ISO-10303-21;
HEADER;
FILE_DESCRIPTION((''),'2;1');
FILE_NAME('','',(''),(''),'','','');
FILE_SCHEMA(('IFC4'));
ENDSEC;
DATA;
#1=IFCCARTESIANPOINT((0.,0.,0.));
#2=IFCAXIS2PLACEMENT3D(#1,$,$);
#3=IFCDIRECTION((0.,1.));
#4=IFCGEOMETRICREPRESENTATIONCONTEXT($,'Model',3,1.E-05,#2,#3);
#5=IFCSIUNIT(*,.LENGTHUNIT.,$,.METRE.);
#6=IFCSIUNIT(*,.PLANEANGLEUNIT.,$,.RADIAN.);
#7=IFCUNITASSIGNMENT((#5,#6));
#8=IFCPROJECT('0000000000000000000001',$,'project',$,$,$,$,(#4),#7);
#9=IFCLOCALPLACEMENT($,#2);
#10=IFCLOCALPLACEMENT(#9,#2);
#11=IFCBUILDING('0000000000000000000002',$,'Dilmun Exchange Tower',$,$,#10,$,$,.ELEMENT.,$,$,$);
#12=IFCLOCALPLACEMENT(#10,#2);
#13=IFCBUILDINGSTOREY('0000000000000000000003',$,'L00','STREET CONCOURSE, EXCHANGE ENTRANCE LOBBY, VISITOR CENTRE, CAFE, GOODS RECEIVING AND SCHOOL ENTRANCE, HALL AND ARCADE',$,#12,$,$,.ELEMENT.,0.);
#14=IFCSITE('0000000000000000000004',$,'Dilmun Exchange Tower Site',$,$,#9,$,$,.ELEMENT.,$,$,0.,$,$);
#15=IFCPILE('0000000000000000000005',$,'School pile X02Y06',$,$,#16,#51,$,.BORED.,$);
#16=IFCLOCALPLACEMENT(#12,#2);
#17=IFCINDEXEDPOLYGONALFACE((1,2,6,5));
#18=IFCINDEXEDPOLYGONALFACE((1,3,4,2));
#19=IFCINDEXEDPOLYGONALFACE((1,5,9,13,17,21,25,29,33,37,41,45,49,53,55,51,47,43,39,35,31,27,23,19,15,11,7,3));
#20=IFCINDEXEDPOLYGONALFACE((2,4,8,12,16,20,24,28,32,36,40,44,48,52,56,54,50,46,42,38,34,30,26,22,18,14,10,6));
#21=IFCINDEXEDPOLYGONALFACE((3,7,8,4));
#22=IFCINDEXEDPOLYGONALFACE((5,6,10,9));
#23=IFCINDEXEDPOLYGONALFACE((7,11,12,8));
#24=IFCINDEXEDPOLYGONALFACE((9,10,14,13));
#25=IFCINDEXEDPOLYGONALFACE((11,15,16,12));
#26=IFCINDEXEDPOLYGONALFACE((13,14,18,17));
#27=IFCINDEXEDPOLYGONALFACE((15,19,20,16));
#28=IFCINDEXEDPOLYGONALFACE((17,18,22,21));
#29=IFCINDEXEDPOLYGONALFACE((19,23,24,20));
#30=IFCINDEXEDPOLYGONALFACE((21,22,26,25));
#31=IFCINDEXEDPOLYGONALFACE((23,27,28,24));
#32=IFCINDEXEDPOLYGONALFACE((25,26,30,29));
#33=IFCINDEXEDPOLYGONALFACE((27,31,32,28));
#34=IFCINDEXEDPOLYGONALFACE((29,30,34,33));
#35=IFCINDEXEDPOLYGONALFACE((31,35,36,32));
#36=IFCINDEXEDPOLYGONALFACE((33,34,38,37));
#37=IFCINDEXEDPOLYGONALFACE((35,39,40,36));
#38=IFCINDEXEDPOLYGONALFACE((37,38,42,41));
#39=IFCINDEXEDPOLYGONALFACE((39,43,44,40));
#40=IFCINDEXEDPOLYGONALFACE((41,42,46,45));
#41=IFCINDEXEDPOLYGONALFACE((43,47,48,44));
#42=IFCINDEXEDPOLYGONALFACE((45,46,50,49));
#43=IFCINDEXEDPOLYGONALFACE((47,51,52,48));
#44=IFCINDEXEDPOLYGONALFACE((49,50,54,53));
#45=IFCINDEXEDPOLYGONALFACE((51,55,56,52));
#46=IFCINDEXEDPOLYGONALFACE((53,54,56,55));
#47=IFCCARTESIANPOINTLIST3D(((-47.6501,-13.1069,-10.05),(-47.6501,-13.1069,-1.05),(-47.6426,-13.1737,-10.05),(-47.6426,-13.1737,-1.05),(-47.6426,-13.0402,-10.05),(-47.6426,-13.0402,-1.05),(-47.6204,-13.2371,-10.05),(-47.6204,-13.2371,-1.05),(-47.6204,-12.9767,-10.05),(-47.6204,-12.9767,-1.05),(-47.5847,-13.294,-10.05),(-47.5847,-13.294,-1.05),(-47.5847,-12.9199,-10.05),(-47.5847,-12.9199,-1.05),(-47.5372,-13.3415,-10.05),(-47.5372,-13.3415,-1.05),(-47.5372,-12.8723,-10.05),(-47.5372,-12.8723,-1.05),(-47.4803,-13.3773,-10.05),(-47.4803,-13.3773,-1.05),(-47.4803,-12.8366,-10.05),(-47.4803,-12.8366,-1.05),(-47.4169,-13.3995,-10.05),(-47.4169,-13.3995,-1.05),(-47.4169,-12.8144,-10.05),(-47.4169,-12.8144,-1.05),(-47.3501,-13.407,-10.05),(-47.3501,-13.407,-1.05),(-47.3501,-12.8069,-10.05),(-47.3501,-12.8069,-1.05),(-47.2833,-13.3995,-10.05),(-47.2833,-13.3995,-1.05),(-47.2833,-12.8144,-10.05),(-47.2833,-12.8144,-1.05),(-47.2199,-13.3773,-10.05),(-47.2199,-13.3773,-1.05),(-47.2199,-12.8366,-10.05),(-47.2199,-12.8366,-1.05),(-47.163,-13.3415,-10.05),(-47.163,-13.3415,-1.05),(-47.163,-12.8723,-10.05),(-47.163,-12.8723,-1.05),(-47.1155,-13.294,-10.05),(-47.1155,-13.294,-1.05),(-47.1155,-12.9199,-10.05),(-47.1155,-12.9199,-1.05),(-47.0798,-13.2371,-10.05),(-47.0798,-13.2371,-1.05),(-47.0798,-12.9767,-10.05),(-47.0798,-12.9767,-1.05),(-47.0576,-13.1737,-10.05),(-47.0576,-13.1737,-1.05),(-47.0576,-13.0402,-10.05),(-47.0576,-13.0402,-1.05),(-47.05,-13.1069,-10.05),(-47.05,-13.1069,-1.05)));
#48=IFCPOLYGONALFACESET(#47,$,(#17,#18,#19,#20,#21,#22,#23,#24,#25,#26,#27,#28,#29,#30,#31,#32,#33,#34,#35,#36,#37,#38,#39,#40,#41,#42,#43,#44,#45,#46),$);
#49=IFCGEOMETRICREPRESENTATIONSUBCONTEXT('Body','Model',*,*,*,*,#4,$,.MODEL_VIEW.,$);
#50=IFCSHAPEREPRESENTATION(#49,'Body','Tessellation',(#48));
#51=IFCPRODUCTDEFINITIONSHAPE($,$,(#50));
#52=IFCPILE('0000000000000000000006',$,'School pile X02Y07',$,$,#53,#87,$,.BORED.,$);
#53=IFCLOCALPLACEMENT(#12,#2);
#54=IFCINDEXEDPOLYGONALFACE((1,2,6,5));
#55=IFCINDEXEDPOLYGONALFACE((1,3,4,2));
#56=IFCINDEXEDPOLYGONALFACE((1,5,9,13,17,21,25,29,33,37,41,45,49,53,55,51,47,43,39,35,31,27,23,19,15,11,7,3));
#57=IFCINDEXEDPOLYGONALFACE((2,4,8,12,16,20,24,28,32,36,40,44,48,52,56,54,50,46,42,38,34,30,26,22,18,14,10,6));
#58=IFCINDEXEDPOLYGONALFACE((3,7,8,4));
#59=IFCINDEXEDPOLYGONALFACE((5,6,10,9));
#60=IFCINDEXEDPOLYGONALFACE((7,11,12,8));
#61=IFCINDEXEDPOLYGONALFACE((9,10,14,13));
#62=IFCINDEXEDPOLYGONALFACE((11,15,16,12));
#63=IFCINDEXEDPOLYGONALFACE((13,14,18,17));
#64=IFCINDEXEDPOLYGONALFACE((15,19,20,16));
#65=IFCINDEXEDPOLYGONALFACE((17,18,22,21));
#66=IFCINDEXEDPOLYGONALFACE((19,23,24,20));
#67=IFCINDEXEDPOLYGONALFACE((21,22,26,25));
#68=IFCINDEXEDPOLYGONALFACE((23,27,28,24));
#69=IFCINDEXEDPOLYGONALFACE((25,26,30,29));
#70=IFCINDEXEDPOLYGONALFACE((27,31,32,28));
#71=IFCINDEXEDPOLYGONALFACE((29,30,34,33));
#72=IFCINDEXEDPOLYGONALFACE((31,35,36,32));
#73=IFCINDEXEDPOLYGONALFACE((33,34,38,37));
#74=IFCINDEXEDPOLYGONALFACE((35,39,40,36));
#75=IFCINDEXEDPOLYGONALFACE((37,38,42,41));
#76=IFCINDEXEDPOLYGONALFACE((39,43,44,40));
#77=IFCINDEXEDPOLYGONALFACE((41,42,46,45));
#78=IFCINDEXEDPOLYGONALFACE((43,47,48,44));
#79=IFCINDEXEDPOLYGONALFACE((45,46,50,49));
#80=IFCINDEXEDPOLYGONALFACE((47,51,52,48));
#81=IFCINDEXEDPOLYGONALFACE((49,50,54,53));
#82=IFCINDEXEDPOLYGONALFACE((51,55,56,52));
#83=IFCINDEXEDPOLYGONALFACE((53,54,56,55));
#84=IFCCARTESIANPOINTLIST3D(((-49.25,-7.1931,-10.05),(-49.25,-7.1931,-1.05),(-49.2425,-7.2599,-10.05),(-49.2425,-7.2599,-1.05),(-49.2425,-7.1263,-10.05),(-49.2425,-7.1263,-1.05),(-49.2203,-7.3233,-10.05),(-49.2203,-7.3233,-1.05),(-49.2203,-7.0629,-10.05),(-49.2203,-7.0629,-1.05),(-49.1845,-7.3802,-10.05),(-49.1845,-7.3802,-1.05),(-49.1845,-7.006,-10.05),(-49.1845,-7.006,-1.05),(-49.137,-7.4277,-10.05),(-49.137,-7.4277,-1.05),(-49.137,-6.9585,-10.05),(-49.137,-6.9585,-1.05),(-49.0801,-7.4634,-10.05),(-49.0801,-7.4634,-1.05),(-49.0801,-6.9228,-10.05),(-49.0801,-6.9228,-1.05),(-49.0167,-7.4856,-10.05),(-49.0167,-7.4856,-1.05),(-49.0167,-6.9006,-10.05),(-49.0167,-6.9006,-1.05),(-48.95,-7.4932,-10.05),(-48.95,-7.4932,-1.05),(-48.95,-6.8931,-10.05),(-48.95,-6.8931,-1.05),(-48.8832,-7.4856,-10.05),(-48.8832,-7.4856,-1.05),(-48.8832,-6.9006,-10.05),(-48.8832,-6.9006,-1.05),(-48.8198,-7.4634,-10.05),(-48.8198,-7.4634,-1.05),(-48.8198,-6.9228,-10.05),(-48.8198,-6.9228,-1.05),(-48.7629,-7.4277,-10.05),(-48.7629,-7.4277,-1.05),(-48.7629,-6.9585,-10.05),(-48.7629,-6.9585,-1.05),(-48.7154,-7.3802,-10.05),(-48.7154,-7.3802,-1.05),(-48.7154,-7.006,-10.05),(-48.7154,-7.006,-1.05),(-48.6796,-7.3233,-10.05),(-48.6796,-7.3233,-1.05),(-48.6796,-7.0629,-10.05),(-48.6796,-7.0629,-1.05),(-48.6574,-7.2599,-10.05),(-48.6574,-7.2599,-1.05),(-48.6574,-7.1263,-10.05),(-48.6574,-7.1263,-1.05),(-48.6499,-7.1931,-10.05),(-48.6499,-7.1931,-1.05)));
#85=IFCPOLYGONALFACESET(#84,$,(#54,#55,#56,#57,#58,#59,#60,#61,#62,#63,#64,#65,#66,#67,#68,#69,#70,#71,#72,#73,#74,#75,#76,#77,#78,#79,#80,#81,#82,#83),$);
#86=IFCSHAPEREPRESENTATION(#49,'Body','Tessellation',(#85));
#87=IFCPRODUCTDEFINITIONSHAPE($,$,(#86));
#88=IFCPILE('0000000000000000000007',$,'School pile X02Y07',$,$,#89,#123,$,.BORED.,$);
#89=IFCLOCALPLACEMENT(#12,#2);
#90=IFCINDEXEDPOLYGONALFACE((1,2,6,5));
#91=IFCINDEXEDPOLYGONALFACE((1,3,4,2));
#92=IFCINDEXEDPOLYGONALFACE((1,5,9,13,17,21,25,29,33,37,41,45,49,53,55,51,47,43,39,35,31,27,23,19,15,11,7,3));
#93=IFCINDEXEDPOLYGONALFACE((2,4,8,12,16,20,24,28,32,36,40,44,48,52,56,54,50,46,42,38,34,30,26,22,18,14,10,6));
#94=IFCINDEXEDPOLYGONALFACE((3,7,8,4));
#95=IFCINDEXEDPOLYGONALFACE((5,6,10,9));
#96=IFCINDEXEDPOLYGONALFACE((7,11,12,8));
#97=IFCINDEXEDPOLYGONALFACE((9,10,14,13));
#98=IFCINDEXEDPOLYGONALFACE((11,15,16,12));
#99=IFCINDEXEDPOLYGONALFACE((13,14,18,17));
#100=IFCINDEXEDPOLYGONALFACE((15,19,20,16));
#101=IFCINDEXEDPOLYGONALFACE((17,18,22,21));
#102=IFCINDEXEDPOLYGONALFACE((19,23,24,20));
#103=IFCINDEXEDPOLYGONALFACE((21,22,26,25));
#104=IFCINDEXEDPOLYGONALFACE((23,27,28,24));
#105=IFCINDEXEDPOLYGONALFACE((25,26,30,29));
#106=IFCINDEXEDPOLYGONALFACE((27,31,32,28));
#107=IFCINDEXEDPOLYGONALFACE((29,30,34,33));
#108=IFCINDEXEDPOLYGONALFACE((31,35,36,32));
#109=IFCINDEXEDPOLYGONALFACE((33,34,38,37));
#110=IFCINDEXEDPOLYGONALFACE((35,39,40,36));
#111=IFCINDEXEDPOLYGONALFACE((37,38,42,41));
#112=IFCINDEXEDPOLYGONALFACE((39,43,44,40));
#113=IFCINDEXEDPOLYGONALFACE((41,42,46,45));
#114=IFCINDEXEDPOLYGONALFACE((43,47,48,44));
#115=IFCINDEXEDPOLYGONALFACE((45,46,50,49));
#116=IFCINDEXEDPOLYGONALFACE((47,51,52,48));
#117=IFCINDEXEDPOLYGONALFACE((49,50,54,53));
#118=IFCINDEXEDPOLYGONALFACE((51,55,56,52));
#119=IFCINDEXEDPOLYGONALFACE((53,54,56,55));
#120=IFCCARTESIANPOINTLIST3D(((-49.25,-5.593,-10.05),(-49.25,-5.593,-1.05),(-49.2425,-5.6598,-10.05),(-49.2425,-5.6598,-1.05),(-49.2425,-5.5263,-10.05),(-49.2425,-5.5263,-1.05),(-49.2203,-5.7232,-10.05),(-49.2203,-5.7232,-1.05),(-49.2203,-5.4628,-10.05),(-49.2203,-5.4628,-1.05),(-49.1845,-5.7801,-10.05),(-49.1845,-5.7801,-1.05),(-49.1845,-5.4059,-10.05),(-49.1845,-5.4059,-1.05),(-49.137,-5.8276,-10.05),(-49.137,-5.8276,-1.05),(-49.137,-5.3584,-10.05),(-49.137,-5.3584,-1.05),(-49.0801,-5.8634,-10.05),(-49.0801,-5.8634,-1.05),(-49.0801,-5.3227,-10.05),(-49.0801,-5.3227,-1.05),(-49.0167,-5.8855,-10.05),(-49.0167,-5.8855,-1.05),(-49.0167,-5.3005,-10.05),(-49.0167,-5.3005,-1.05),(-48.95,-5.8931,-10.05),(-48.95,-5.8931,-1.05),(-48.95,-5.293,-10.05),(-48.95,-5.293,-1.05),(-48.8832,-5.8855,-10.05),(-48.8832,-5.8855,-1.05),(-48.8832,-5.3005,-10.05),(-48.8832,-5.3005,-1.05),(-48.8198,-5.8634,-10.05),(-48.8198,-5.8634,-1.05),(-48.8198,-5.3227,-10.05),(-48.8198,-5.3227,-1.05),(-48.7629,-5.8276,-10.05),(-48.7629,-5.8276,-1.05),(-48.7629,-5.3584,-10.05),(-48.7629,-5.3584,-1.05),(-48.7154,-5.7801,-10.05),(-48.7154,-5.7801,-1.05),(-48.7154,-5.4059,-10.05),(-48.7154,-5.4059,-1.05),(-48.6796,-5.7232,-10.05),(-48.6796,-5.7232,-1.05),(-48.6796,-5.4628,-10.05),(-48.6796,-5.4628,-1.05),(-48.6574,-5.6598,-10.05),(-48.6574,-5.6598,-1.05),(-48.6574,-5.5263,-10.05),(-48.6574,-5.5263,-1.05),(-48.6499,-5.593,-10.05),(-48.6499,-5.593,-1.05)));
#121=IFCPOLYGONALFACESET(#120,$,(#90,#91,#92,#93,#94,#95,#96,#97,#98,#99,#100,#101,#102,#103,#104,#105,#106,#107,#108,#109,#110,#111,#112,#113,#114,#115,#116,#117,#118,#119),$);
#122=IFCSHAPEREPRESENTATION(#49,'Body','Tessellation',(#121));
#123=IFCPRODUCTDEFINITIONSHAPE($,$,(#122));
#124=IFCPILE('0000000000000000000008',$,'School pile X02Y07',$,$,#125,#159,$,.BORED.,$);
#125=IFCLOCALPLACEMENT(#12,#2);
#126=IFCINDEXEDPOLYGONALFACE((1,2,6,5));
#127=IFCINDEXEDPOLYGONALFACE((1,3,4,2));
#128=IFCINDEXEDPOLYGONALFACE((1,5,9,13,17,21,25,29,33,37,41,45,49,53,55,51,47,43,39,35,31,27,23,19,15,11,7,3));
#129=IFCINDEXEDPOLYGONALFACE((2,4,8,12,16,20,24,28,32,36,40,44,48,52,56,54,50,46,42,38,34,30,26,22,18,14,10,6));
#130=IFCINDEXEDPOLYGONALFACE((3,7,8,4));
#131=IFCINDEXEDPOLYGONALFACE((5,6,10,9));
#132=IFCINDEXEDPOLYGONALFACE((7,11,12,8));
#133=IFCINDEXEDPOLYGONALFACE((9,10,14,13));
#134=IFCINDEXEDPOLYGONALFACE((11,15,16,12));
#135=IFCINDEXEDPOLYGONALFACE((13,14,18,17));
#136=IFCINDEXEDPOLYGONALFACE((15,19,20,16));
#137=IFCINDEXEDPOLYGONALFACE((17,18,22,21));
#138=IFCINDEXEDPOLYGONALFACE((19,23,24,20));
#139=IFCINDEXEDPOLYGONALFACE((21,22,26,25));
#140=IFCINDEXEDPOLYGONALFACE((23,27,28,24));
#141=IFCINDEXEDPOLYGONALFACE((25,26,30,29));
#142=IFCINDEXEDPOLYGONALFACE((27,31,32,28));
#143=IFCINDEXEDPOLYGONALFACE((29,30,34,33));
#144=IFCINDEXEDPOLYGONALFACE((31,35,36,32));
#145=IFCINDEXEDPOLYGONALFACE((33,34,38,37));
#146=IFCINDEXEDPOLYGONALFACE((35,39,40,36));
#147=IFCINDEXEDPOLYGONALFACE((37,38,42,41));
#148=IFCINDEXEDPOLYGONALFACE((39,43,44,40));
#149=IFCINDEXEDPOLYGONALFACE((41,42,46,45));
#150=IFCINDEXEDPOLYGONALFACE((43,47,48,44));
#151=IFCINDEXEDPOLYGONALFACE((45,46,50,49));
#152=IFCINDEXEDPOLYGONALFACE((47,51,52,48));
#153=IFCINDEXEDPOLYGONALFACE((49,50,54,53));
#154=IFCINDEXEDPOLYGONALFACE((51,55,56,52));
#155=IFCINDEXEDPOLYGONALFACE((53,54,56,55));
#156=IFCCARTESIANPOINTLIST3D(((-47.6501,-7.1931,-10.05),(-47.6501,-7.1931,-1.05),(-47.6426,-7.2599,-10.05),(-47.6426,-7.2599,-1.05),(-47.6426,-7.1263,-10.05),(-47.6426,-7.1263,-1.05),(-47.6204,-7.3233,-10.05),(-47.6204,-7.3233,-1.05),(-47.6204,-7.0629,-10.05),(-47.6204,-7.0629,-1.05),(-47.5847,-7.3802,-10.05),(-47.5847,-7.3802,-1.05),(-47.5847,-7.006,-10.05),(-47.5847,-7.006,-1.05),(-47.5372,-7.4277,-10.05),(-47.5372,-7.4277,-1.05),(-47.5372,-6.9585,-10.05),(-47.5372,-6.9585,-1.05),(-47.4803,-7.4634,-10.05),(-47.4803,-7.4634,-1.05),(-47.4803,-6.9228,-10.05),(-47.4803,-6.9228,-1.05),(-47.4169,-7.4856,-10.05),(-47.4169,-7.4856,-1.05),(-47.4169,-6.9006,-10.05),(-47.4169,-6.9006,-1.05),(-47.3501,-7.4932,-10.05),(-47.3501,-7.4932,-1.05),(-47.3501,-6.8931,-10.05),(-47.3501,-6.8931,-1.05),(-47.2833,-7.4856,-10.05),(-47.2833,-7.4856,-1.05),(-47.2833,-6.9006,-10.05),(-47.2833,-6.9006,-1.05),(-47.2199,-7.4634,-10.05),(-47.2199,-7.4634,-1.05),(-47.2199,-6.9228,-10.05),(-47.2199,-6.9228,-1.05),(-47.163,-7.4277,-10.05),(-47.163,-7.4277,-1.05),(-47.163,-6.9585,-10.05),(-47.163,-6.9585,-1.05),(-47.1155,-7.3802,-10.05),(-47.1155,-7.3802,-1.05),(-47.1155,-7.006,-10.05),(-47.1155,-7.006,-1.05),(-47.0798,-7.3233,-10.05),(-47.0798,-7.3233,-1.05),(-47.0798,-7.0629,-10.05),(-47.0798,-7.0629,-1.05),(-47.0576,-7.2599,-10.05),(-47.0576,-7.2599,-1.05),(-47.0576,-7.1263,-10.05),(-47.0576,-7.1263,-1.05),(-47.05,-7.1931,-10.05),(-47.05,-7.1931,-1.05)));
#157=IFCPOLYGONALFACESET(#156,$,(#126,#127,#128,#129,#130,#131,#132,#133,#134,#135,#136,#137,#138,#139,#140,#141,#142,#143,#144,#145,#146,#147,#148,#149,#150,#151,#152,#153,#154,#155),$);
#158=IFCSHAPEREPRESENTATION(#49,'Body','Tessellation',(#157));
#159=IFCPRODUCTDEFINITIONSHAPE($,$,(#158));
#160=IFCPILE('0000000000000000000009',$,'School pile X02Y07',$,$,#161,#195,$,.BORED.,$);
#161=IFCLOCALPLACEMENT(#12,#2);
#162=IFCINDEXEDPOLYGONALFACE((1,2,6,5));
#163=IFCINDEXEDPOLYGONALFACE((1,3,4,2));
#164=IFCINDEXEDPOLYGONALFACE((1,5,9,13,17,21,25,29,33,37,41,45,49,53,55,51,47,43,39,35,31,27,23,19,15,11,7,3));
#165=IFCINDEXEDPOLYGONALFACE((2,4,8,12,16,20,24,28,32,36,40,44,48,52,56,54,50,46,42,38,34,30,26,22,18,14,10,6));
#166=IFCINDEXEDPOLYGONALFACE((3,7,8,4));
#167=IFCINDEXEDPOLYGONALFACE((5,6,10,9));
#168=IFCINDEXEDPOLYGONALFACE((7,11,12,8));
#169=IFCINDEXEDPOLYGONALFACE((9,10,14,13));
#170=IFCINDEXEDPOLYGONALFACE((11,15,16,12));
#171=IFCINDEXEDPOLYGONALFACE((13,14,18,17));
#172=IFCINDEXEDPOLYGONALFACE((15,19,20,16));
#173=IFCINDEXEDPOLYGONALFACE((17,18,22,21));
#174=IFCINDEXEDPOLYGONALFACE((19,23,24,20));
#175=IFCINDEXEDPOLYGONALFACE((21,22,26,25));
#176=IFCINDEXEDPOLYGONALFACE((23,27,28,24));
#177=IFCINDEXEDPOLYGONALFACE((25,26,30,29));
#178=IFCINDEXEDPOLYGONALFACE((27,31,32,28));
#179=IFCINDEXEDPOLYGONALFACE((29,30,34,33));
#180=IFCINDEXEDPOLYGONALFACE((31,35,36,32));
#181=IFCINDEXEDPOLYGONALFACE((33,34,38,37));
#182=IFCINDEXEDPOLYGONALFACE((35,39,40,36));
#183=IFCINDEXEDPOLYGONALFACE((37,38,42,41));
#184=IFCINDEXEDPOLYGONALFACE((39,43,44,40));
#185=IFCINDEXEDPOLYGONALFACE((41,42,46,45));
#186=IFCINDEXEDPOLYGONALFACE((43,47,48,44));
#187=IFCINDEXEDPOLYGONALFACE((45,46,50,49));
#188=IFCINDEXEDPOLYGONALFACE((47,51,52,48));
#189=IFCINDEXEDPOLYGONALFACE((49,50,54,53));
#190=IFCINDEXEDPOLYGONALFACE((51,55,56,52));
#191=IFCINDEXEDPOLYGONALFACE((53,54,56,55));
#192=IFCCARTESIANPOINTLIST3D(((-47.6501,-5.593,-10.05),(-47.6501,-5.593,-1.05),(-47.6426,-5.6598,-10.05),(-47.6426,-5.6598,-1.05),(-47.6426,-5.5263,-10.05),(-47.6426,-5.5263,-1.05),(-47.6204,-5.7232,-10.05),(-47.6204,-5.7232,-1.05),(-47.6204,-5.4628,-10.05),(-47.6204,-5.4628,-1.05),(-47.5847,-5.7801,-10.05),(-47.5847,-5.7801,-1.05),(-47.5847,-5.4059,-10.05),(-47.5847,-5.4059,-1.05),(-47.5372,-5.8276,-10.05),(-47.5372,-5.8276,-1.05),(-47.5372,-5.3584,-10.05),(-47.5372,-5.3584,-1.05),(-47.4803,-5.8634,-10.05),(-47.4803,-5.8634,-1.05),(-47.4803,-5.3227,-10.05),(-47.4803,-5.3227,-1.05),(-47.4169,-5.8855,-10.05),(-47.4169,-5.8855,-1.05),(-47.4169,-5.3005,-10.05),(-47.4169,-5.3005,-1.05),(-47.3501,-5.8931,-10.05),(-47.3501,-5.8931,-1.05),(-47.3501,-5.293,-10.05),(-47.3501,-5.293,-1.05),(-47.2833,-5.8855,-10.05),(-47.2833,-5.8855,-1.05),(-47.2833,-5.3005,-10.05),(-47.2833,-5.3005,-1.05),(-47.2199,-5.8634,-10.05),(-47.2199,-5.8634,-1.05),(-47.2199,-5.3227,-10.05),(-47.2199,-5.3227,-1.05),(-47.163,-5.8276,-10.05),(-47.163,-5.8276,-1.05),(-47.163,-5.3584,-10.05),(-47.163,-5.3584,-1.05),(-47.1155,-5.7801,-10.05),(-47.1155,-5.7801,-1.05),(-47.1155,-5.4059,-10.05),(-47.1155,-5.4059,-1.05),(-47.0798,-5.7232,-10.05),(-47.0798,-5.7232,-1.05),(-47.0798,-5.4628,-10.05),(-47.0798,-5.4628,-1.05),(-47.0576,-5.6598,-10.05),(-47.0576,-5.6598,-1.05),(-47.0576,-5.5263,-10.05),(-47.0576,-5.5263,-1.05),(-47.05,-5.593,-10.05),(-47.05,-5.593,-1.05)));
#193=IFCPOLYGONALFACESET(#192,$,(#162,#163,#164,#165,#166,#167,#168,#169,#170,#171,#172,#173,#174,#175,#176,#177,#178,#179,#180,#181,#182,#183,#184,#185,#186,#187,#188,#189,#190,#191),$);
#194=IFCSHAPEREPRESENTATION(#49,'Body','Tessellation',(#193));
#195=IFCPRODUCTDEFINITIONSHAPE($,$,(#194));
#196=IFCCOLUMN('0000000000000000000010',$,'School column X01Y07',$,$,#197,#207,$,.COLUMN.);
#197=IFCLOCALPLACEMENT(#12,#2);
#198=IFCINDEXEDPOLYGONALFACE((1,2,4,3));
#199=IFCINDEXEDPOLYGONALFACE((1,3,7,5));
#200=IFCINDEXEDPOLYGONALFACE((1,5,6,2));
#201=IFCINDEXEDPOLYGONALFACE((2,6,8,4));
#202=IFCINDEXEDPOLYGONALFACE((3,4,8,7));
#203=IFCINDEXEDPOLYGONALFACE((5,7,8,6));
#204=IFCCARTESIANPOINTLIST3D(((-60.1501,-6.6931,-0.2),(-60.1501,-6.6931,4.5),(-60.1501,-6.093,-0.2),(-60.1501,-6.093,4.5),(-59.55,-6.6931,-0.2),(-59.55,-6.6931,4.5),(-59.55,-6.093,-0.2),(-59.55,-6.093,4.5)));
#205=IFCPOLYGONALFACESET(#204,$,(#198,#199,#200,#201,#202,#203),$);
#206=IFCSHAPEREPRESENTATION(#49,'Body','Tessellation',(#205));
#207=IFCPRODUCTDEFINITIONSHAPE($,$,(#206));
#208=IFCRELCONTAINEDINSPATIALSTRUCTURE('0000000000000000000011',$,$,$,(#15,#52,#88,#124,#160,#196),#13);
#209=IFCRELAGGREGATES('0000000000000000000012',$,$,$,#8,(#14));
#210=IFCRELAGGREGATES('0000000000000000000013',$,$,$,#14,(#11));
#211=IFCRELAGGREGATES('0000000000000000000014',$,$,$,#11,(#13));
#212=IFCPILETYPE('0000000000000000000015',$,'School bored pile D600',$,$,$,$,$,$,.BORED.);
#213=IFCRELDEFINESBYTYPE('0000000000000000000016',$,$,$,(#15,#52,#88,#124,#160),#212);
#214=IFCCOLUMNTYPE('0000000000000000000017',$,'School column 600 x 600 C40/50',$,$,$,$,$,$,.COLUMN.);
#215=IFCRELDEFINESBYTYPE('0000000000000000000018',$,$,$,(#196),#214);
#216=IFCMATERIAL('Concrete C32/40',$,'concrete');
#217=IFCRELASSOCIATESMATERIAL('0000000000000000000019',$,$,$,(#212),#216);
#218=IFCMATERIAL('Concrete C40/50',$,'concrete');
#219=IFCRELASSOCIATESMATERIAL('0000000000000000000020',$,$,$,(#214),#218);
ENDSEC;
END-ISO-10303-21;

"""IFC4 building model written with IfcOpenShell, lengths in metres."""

from ifc_helpers import new_model, si_unit, direction, frame, origin, origin_2d, place, context, subcontext, project, spatial, rectangle, circle, extrude, material, material_profile, profile_set, type_object, element, save


model = new_model("IFC4")

# Units and contexts
model_context = context("Model", 3, precision=1e-05, world=origin(), true_north=direction((0.0, 1.0)))
body_context = subcontext(model_context, "Body", "Model", "MODEL_VIEW")
ifc_project = project(units=[si_unit("LENGTHUNIT", "METRE"), si_unit("PLANEANGLEUNIT", "RADIAN")], contexts=[model_context])

# Site, building, storey
site_placement = place(None, origin())
site = spatial("IfcSite", under=ifc_project, at=site_placement, Name="Dilmun Exchange Tower Site", CompositionType="ELEMENT", RefElevation=0.0)
building_placement = place(site_placement, origin())
building = spatial("IfcBuilding", under=site, at=building_placement, Name="Dilmun Exchange Tower", CompositionType="ELEMENT")
storey_placement = place(building_placement, origin())
storey = spatial("IfcBuildingStorey", under=building, at=storey_placement, Name="L00", Description="STREET CONCOURSE, EXCHANGE ENTRANCE LOBBY, VISITOR CENTRE, CAFE, GOODS RECEIVING AND SCHOOL ENTRANCE, HALL AND ARCADE", CompositionType="ELEMENT", Elevation=0.0)

# Piles
ifc_material_1 = material(Name="Concrete C32/40", Category="concrete")
ifc_material_profile_1 = material_profile(ifc_material_1, circle(Radius=0.3, at=origin_2d()), Name="D600")
ifc_profile_set_1 = profile_set([ifc_material_profile_1], Name="Concrete C32/40")
pile_type = type_object("IfcPileType", Name="School bored pile D600", PredefinedType="BORED", material=ifc_profile_set_1)
for number, where, z_axis, x_axis, name in (
    (1, (-47.3501, -13.1069, -1.05), (0.0, 0.0, -1.0), (1.0, 0.0, 0.0), "School pile X02Y06"),
    (2, (-48.95, -7.1931, -1.05), (0.0, 0.0, -1.0), (1.0, 0.0, 0.0), "School pile X02Y07"),
    (3, (-48.95, -5.593, -1.05), (0.0, 0.0, -1.0), (1.0, 0.0, 0.0), "School pile X02Y07"),
    (4, (-47.3501, -7.1931, -1.05), (0.0, 0.0, -1.0), (1.0, 0.0, 0.0), "School pile X02Y07"),
    (5, (-47.3501, -5.593, -1.05), (0.0, 0.0, -1.0), (1.0, 0.0, 0.0), "School pile X02Y07"),
):
    element("IfcPile", number, at=place(storey_placement, frame(where, z_axis=z_axis, x_axis=x_axis)), inside=storey, type_object=pile_type, Name=name, PredefinedType="BORED", context=body_context, shape_type="SweptSolid", body=[
        extrude(circle(Radius=0.3, at=origin_2d()), origin(), (0.0, 0.0, 1.0), 9.0),
    ])

# Column
ifc_material_2 = material(Name="Concrete C40/50", Category="concrete")
ifc_material_profile_2 = material_profile(ifc_material_2, rectangle(XDim=0.6001, YDim=0.6001, at=origin_2d()), Name="600 x 600")
ifc_profile_set_2 = profile_set([ifc_material_profile_2], Name="Concrete C40/50")
column_type = type_object("IfcColumnType", Name="School column 600 x 600 C40/50", PredefinedType="COLUMN", material=ifc_profile_set_2)
for number, where, z_axis, x_axis, name in (
    (6, (-59.8501, -6.3931, -0.2), (0.0, 0.0, 1.0), (1.0, 0.0, 0.0), "School column X01Y07"),
):
    element("IfcColumn", number, at=place(storey_placement, frame(where, z_axis=z_axis, x_axis=x_axis)), inside=storey, type_object=column_type, Name=name, PredefinedType="COLUMN", context=body_context, shape_type="SweptSolid", body=[
        extrude(rectangle(XDim=0.6001, YDim=0.6001, at=origin_2d()), origin(), (0.0, 0.0, 1.0), 4.7),
    ])

save(model, "model.ifc")
